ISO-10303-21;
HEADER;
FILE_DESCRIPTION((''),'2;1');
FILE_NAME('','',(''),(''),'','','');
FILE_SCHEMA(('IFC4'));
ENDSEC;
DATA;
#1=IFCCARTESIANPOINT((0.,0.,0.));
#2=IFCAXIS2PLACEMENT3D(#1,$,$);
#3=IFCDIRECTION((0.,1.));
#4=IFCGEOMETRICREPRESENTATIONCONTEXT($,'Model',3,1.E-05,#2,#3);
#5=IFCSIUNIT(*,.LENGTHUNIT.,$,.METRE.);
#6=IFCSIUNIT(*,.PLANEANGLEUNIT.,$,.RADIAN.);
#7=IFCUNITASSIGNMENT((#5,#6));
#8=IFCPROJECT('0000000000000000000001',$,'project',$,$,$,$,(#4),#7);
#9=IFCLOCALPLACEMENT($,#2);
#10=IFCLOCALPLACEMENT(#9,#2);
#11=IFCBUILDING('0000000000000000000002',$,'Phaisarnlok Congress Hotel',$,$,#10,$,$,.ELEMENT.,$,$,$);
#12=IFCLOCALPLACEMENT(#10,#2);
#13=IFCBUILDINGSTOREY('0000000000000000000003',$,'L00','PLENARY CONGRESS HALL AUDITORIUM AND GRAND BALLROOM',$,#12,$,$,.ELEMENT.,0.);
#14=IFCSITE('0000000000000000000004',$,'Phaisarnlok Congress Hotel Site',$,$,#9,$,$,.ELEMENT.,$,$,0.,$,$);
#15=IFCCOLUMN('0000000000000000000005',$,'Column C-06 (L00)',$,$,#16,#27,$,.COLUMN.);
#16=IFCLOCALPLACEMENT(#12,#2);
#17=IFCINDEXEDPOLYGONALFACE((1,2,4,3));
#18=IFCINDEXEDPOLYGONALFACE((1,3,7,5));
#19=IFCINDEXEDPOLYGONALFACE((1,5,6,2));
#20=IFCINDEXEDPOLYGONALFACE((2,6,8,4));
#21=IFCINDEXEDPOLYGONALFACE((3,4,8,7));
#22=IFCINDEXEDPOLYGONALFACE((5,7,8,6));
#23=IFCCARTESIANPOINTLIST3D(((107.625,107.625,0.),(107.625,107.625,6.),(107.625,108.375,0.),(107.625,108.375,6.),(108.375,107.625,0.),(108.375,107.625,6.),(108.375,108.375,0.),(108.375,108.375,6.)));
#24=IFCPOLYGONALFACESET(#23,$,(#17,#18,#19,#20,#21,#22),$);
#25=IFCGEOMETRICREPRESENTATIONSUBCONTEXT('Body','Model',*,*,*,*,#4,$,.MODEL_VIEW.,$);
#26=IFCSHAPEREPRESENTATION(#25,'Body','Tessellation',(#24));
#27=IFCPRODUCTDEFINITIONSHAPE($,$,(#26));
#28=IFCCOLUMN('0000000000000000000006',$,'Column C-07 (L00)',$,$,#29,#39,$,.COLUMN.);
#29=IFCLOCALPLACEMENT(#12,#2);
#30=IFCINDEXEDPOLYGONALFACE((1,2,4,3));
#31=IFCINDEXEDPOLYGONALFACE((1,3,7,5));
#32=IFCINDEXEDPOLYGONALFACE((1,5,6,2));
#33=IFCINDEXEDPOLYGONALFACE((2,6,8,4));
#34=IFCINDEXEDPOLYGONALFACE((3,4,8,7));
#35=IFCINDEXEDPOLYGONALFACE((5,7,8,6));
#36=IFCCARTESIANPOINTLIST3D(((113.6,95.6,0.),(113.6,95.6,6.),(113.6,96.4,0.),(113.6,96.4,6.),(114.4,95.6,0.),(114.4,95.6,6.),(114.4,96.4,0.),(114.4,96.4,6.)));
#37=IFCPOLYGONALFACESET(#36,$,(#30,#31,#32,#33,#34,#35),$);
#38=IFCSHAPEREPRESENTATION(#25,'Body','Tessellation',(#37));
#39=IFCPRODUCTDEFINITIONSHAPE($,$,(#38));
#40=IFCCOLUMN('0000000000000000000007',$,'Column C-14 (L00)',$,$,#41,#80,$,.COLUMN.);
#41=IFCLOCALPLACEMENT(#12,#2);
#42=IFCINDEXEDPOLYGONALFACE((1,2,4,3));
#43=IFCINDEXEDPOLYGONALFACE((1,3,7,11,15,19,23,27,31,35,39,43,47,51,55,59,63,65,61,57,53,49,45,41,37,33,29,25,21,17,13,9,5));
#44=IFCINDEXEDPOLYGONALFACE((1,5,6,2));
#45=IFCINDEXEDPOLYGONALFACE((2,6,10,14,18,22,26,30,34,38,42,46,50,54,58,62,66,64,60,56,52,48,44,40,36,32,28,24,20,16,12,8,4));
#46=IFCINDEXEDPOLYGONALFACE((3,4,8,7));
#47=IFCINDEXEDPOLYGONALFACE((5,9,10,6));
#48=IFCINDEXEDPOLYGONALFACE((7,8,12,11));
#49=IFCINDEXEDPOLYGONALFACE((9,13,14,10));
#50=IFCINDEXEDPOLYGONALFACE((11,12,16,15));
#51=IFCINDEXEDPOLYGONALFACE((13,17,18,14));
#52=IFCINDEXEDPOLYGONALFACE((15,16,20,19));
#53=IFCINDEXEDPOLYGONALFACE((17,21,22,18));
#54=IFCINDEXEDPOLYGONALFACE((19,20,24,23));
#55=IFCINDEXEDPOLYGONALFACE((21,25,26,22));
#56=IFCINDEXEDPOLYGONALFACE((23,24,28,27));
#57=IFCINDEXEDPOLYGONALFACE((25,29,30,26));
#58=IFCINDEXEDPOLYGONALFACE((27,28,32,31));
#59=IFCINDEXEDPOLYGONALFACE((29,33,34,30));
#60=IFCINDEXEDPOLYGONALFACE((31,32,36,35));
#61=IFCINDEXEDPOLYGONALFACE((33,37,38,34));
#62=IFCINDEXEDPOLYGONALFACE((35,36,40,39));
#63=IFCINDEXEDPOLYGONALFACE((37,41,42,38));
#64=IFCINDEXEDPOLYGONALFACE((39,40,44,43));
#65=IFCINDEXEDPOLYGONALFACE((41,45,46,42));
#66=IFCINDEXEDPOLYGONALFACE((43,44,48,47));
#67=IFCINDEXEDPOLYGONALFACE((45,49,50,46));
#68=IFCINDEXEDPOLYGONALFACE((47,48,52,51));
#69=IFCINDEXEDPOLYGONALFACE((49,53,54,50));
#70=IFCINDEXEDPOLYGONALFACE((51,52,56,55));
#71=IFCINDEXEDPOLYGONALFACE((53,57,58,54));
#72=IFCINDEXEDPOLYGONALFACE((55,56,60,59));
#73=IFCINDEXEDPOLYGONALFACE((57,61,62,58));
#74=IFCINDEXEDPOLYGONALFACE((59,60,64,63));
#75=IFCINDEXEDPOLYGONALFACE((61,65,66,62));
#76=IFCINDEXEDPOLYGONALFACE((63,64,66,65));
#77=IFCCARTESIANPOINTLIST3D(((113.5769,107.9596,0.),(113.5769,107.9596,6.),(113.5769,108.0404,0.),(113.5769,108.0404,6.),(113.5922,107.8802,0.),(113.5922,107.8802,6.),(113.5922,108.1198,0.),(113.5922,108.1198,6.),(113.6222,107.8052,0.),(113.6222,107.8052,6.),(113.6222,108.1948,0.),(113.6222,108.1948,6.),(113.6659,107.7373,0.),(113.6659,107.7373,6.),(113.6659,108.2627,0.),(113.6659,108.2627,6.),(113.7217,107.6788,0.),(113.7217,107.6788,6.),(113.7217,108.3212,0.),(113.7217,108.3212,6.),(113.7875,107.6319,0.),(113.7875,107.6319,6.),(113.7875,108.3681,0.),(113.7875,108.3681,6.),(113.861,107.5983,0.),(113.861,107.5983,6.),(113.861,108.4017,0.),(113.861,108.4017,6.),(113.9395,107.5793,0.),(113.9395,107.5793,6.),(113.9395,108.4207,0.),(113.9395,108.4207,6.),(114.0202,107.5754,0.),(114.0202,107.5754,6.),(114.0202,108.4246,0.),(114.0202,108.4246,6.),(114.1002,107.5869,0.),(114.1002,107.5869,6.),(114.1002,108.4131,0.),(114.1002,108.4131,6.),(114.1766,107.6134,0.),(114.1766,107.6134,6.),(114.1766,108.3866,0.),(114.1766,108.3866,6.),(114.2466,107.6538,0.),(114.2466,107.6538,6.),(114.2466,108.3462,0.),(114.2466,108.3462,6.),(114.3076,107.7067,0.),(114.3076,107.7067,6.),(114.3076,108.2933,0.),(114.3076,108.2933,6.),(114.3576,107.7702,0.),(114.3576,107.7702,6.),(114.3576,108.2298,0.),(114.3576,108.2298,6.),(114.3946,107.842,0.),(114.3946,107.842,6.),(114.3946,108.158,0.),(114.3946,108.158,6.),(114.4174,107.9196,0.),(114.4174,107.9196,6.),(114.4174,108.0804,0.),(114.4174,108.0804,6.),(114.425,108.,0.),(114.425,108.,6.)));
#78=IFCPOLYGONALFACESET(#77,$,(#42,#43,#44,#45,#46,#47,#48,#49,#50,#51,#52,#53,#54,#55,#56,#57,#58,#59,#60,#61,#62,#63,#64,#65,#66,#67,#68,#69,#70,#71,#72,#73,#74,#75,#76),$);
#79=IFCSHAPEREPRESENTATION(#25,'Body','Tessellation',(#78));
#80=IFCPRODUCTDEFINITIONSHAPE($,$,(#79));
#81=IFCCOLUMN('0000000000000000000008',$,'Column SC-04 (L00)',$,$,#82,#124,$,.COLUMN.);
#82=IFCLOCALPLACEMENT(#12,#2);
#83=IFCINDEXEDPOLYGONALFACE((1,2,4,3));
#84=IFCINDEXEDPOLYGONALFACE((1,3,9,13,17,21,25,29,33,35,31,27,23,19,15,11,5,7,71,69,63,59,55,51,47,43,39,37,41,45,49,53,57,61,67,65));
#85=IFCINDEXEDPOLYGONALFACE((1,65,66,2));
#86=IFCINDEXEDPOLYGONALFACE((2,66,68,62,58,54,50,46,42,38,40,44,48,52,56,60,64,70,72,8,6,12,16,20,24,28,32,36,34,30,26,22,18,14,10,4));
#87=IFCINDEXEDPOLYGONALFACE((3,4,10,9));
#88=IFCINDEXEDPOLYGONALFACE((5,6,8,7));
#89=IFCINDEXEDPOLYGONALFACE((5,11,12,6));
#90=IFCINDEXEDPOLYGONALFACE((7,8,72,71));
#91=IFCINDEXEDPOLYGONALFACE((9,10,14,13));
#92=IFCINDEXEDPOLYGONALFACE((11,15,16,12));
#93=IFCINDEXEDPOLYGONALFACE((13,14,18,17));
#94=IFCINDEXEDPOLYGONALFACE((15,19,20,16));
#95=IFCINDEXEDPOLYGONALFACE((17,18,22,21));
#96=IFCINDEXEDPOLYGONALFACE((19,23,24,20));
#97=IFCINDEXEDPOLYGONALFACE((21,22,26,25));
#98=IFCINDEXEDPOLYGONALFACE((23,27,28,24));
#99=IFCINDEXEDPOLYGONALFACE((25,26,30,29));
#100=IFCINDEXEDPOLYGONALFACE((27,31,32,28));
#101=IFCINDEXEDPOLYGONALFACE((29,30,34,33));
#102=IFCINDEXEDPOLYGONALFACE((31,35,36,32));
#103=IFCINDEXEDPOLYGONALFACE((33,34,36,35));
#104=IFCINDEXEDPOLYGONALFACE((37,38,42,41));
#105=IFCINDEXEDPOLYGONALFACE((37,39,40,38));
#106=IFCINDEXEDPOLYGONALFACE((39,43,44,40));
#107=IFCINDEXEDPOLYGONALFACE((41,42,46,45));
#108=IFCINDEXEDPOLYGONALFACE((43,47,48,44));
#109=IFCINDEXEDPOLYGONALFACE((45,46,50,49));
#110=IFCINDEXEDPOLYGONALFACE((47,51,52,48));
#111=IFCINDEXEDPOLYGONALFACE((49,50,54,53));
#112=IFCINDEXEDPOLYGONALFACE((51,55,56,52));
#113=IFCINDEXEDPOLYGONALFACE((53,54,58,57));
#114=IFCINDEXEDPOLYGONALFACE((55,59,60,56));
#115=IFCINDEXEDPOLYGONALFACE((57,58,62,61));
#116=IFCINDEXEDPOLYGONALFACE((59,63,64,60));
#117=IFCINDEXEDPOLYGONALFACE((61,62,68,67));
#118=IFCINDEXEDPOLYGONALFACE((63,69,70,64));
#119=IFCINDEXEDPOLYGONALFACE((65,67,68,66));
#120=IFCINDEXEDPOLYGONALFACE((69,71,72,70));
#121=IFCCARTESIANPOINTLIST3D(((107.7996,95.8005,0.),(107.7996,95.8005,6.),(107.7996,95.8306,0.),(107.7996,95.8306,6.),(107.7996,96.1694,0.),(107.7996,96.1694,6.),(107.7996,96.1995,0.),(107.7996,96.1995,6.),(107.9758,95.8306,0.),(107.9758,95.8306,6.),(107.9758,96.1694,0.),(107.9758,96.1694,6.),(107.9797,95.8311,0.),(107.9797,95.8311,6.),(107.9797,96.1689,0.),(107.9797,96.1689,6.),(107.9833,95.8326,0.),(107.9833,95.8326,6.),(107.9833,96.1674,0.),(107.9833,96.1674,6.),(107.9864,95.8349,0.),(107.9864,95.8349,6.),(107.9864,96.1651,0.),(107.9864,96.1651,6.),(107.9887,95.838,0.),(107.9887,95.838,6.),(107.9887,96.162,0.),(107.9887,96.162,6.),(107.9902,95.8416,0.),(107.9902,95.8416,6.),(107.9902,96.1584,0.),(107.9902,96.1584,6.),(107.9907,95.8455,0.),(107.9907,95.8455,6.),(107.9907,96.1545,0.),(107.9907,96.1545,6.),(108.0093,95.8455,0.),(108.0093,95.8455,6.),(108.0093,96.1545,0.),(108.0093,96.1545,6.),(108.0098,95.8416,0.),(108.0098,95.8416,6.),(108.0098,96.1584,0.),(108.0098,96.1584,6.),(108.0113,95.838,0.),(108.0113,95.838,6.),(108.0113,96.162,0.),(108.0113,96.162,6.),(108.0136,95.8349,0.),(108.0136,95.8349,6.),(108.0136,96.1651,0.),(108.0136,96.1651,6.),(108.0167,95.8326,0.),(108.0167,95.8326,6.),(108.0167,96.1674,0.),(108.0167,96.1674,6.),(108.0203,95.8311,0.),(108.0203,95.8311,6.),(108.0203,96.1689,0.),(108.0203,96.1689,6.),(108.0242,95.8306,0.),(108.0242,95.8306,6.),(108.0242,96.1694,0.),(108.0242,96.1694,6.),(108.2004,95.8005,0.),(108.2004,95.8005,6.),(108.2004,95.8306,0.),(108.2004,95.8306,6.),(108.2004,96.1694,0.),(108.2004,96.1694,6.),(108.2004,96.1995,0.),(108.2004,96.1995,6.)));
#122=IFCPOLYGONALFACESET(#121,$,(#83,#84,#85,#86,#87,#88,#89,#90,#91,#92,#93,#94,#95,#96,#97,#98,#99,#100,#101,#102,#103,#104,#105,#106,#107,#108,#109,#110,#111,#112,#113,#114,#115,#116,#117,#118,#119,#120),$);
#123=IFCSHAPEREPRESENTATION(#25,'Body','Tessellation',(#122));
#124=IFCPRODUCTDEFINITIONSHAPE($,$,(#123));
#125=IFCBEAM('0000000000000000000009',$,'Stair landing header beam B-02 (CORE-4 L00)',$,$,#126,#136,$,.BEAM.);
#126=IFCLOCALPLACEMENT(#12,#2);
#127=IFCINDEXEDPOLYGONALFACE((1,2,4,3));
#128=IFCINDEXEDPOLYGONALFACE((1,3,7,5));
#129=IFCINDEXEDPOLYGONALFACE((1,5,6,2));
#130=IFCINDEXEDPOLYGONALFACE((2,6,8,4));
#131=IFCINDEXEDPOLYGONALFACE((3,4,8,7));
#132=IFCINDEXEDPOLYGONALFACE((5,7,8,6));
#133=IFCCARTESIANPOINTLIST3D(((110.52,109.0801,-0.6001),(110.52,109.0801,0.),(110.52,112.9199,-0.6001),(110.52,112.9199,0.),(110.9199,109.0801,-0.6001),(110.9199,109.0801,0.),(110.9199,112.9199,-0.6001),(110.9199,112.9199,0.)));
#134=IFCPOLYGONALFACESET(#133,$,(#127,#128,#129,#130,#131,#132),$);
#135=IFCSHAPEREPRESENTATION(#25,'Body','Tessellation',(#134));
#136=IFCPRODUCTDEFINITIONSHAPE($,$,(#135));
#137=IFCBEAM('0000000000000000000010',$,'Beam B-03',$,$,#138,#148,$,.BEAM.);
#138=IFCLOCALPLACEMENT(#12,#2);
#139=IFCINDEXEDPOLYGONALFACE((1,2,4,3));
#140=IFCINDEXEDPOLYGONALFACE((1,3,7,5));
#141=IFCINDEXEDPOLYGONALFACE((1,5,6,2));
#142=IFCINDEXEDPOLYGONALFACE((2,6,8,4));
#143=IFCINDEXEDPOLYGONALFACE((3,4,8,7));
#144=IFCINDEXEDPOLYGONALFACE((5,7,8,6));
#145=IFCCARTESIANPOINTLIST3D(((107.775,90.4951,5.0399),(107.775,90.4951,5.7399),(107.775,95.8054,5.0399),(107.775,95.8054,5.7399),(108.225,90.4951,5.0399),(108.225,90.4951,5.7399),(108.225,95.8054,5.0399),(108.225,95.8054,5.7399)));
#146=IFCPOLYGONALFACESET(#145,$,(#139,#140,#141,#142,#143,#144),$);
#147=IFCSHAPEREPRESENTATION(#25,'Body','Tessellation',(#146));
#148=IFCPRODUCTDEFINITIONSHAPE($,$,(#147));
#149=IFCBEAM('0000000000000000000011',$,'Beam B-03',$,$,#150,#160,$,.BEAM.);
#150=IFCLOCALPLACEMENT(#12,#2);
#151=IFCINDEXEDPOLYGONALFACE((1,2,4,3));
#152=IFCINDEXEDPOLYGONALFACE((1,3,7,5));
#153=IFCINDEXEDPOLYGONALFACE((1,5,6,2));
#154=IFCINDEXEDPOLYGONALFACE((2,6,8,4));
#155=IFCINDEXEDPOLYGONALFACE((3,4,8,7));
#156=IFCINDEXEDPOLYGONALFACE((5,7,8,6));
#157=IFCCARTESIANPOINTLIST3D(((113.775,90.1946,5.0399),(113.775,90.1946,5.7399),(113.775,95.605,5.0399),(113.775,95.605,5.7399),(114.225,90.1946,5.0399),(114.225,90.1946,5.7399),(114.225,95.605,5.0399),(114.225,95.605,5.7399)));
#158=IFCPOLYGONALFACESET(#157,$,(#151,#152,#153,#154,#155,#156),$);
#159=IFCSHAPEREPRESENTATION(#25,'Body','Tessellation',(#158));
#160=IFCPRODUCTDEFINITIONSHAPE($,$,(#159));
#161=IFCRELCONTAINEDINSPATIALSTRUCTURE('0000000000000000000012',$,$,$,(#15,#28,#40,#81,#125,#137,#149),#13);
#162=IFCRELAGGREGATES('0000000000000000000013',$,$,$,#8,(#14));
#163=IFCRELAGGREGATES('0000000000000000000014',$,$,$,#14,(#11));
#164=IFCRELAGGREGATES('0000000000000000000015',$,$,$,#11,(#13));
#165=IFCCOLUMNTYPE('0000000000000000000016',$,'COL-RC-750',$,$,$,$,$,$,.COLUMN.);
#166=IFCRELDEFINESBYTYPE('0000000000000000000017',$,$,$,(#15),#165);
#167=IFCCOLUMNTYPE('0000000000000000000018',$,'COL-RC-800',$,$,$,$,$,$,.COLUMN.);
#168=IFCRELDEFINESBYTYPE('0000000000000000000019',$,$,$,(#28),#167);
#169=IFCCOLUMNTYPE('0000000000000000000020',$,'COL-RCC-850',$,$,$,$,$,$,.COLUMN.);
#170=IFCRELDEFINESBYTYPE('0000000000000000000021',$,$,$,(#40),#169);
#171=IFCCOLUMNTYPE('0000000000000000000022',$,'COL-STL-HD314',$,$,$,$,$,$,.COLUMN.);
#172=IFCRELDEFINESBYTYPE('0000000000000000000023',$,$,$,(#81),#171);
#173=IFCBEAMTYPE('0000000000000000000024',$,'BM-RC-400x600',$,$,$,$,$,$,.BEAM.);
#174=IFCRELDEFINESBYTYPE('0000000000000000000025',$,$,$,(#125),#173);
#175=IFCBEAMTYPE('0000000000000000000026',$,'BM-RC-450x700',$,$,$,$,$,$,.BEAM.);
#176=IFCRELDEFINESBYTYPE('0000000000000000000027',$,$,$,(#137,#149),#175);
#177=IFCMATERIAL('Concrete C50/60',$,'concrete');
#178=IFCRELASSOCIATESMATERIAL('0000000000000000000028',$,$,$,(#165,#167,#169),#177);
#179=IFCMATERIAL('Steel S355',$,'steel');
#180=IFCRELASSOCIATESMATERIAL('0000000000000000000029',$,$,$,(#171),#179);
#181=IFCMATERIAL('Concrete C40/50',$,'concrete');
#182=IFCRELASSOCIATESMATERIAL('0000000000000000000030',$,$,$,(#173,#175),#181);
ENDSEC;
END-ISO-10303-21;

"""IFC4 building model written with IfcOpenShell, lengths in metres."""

from ifc_helpers import new_model, si_unit, direction, frame, origin, origin_2d, place, context, subcontext, project, spatial, rectangle, circle, i_section, extrude, material, material_profile, profile_set, type_object, element, save


model = new_model("IFC4")

# Units and contexts
model_context = context("Model", 3, precision=1e-05, world=origin(), true_north=direction((0.0, 1.0)))
body_context = subcontext(model_context, "Body", "Model", "MODEL_VIEW")
ifc_project = project(units=[si_unit("LENGTHUNIT", "METRE"), si_unit("PLANEANGLEUNIT", "RADIAN")], contexts=[model_context])

# Site, building, storey
site_placement = place(None, origin())
site = spatial("IfcSite", under=ifc_project, at=site_placement, Name="Phaisarnlok Congress Hotel Site", CompositionType="ELEMENT", RefElevation=0.0)
building_placement = place(site_placement, origin())
building = spatial("IfcBuilding", under=site, at=building_placement, Name="Phaisarnlok Congress Hotel", CompositionType="ELEMENT")
storey_placement = place(building_placement, origin())
storey = spatial("IfcBuildingStorey", under=building, at=storey_placement, Name="L00", Description="PLENARY CONGRESS HALL AUDITORIUM AND GRAND BALLROOM", CompositionType="ELEMENT", Elevation=0.0)

# Columns
ifc_material_1 = material(Name="Concrete C50/60", Category="concrete")
ifc_material_profile_1 = material_profile(ifc_material_1, rectangle(XDim=0.75, YDim=0.75, at=origin_2d()), Name="RC 750x750")
ifc_profile_set_1 = profile_set([ifc_material_profile_1], Name="Concrete C50/60")
column_type_1 = type_object("IfcColumnType", Name="COL-RC-750", PredefinedType="COLUMN", material=ifc_profile_set_1)
column_1_placement = place(storey_placement, frame((108.0, 108.0, 0.0), z_axis=(0.0, 0.0, 1.0), x_axis=(1.0, 0.0, 0.0)))
element("IfcColumn", 1, at=column_1_placement, inside=storey, type_object=column_type_1, Name="Column C-06 (L00)", PredefinedType="COLUMN", context=body_context, shape_type="SweptSolid", body=[
    extrude(rectangle(XDim=0.75, YDim=0.75, at=origin_2d()), origin(), (0.0, 0.0, 1.0), 6.0),
])
ifc_material_profile_2 = material_profile(ifc_material_1, rectangle(XDim=0.8, YDim=0.8, at=origin_2d()), Name="RC 800x800")
ifc_profile_set_2 = profile_set([ifc_material_profile_2], Name="Concrete C50/60")
column_type_2 = type_object("IfcColumnType", Name="COL-RC-800", PredefinedType="COLUMN", material=ifc_profile_set_2)
column_2_placement = place(storey_placement, frame((114.0, 96.0, 0.0), z_axis=(0.0, 0.0, 1.0), x_axis=(1.0, 0.0, 0.0)))
element("IfcColumn", 2, at=column_2_placement, inside=storey, type_object=column_type_2, Name="Column C-07 (L00)", PredefinedType="COLUMN", context=body_context, shape_type="SweptSolid", body=[
    extrude(rectangle(XDim=0.8, YDim=0.8, at=origin_2d()), origin(), (0.0, 0.0, 1.0), 6.0),
])
ifc_material_profile_3 = material_profile(ifc_material_1, circle(Radius=0.425, at=origin_2d()), Name="RCC D850")
ifc_profile_set_3 = profile_set([ifc_material_profile_3], Name="Concrete C50/60")
column_type_3 = type_object("IfcColumnType", Name="COL-RCC-850", PredefinedType="COLUMN", material=ifc_profile_set_3)
column_3_placement = place(storey_placement, frame((114.0, 108.0, 0.0), z_axis=(0.0, 0.0, 1.0), x_axis=(1.0, 0.0, 0.0)))
element("IfcColumn", 3, at=column_3_placement, inside=storey, type_object=column_type_3, Name="Column C-14 (L00)", PredefinedType="COLUMN", context=body_context, shape_type="SweptSolid", body=[
    extrude(circle(Radius=0.425, at=origin_2d()), origin(), (0.0, 0.0, 1.0), 6.0),
])
ifc_material_2 = material(Name="Steel S355", Category="steel")
ifc_material_profile_4 = material_profile(ifc_material_2, i_section(OverallWidth=0.4009, OverallDepth=0.3989, WebThickness=0.0186, FlangeThickness=0.03, FilletRadius=0.0149, at=origin_2d()), Name="HD 400x314")
ifc_profile_set_4 = profile_set([ifc_material_profile_4], Name="Steel S355")
column_type_4 = type_object("IfcColumnType", Name="COL-STL-HD314", PredefinedType="COLUMN", material=ifc_profile_set_4)
column_4_placement = place(storey_placement, frame((108.0, 96.0, 0.0), z_axis=(0.0, 0.0, 1.0), x_axis=(1.0, 0.0, 0.0)))
element("IfcColumn", 4, at=column_4_placement, inside=storey, type_object=column_type_4, Name="Column SC-04 (L00)", PredefinedType="COLUMN", context=body_context, shape_type="SweptSolid", body=[
    extrude(i_section(OverallWidth=0.4009, OverallDepth=0.3989, WebThickness=0.0186, FlangeThickness=0.03, FilletRadius=0.0149, at=origin_2d()), origin(), (0.0, 0.0, 1.0), 6.0),
])

# Beams
ifc_material_3 = material(Name="Concrete C40/50", Category="concrete")
ifc_material_profile_5 = material_profile(ifc_material_3, rectangle(XDim=0.3999, YDim=0.6001, at=origin_2d()), Name="RC 400x600")
ifc_profile_set_5 = profile_set([ifc_material_profile_5], Name="Concrete C40/50")
beam_type_1 = type_object("IfcBeamType", Name="BM-RC-400x600", PredefinedType="BEAM", material=ifc_profile_set_5)
beam_1_placement = place(storey_placement, frame((110.72, 109.0801, -0.3), z_axis=(0.0, 1.0, 0.0), x_axis=(-1.0, 0.0, 0.0)))
element("IfcBeam", 5, at=beam_1_placement, inside=storey, type_object=beam_type_1, Name="Stair landing header beam B-02 (CORE-4 L00)", PredefinedType="BEAM", context=body_context, shape_type="SweptSolid", body=[
    extrude(rectangle(XDim=0.3999, YDim=0.6001, at=origin_2d()), origin(), (0.0, 0.0, 1.0), 3.8398),
])
ifc_material_profile_6 = material_profile(ifc_material_3, rectangle(XDim=0.45, YDim=0.7, at=origin_2d()), Name="RC 450x700")
ifc_profile_set_6 = profile_set([ifc_material_profile_6], Name="Concrete C40/50")
beam_type_2 = type_object("IfcBeamType", Name="BM-RC-450x700", PredefinedType="BEAM", material=ifc_profile_set_6)
beam_2_placement = place(storey_placement, frame((108.0, 90.4951, 5.3899), z_axis=(0.0, 1.0, 0.0), x_axis=(-1.0, 0.0, 0.0)))
element("IfcBeam", 6, at=beam_2_placement, inside=storey, type_object=beam_type_2, Name="Beam B-03", PredefinedType="BEAM", context=body_context, shape_type="SweptSolid", body=[
    extrude(rectangle(XDim=0.45, YDim=0.7, at=origin_2d()), origin(), (0.0, 0.0, 1.0), 5.3103),
])
beam_3_placement = place(storey_placement, frame((114.0, 90.1946, 5.3899), z_axis=(0.0, 1.0, 0.0), x_axis=(-1.0, 0.0, 0.0)))
element("IfcBeam", 7, at=beam_3_placement, inside=storey, type_object=beam_type_2, Name="Beam B-03", PredefinedType="BEAM", context=body_context, shape_type="SweptSolid", body=[
    extrude(rectangle(XDim=0.45, YDim=0.7, at=origin_2d()), origin(), (0.0, 0.0, 1.0), 5.4104),
])

save(model, "model.ifc")
